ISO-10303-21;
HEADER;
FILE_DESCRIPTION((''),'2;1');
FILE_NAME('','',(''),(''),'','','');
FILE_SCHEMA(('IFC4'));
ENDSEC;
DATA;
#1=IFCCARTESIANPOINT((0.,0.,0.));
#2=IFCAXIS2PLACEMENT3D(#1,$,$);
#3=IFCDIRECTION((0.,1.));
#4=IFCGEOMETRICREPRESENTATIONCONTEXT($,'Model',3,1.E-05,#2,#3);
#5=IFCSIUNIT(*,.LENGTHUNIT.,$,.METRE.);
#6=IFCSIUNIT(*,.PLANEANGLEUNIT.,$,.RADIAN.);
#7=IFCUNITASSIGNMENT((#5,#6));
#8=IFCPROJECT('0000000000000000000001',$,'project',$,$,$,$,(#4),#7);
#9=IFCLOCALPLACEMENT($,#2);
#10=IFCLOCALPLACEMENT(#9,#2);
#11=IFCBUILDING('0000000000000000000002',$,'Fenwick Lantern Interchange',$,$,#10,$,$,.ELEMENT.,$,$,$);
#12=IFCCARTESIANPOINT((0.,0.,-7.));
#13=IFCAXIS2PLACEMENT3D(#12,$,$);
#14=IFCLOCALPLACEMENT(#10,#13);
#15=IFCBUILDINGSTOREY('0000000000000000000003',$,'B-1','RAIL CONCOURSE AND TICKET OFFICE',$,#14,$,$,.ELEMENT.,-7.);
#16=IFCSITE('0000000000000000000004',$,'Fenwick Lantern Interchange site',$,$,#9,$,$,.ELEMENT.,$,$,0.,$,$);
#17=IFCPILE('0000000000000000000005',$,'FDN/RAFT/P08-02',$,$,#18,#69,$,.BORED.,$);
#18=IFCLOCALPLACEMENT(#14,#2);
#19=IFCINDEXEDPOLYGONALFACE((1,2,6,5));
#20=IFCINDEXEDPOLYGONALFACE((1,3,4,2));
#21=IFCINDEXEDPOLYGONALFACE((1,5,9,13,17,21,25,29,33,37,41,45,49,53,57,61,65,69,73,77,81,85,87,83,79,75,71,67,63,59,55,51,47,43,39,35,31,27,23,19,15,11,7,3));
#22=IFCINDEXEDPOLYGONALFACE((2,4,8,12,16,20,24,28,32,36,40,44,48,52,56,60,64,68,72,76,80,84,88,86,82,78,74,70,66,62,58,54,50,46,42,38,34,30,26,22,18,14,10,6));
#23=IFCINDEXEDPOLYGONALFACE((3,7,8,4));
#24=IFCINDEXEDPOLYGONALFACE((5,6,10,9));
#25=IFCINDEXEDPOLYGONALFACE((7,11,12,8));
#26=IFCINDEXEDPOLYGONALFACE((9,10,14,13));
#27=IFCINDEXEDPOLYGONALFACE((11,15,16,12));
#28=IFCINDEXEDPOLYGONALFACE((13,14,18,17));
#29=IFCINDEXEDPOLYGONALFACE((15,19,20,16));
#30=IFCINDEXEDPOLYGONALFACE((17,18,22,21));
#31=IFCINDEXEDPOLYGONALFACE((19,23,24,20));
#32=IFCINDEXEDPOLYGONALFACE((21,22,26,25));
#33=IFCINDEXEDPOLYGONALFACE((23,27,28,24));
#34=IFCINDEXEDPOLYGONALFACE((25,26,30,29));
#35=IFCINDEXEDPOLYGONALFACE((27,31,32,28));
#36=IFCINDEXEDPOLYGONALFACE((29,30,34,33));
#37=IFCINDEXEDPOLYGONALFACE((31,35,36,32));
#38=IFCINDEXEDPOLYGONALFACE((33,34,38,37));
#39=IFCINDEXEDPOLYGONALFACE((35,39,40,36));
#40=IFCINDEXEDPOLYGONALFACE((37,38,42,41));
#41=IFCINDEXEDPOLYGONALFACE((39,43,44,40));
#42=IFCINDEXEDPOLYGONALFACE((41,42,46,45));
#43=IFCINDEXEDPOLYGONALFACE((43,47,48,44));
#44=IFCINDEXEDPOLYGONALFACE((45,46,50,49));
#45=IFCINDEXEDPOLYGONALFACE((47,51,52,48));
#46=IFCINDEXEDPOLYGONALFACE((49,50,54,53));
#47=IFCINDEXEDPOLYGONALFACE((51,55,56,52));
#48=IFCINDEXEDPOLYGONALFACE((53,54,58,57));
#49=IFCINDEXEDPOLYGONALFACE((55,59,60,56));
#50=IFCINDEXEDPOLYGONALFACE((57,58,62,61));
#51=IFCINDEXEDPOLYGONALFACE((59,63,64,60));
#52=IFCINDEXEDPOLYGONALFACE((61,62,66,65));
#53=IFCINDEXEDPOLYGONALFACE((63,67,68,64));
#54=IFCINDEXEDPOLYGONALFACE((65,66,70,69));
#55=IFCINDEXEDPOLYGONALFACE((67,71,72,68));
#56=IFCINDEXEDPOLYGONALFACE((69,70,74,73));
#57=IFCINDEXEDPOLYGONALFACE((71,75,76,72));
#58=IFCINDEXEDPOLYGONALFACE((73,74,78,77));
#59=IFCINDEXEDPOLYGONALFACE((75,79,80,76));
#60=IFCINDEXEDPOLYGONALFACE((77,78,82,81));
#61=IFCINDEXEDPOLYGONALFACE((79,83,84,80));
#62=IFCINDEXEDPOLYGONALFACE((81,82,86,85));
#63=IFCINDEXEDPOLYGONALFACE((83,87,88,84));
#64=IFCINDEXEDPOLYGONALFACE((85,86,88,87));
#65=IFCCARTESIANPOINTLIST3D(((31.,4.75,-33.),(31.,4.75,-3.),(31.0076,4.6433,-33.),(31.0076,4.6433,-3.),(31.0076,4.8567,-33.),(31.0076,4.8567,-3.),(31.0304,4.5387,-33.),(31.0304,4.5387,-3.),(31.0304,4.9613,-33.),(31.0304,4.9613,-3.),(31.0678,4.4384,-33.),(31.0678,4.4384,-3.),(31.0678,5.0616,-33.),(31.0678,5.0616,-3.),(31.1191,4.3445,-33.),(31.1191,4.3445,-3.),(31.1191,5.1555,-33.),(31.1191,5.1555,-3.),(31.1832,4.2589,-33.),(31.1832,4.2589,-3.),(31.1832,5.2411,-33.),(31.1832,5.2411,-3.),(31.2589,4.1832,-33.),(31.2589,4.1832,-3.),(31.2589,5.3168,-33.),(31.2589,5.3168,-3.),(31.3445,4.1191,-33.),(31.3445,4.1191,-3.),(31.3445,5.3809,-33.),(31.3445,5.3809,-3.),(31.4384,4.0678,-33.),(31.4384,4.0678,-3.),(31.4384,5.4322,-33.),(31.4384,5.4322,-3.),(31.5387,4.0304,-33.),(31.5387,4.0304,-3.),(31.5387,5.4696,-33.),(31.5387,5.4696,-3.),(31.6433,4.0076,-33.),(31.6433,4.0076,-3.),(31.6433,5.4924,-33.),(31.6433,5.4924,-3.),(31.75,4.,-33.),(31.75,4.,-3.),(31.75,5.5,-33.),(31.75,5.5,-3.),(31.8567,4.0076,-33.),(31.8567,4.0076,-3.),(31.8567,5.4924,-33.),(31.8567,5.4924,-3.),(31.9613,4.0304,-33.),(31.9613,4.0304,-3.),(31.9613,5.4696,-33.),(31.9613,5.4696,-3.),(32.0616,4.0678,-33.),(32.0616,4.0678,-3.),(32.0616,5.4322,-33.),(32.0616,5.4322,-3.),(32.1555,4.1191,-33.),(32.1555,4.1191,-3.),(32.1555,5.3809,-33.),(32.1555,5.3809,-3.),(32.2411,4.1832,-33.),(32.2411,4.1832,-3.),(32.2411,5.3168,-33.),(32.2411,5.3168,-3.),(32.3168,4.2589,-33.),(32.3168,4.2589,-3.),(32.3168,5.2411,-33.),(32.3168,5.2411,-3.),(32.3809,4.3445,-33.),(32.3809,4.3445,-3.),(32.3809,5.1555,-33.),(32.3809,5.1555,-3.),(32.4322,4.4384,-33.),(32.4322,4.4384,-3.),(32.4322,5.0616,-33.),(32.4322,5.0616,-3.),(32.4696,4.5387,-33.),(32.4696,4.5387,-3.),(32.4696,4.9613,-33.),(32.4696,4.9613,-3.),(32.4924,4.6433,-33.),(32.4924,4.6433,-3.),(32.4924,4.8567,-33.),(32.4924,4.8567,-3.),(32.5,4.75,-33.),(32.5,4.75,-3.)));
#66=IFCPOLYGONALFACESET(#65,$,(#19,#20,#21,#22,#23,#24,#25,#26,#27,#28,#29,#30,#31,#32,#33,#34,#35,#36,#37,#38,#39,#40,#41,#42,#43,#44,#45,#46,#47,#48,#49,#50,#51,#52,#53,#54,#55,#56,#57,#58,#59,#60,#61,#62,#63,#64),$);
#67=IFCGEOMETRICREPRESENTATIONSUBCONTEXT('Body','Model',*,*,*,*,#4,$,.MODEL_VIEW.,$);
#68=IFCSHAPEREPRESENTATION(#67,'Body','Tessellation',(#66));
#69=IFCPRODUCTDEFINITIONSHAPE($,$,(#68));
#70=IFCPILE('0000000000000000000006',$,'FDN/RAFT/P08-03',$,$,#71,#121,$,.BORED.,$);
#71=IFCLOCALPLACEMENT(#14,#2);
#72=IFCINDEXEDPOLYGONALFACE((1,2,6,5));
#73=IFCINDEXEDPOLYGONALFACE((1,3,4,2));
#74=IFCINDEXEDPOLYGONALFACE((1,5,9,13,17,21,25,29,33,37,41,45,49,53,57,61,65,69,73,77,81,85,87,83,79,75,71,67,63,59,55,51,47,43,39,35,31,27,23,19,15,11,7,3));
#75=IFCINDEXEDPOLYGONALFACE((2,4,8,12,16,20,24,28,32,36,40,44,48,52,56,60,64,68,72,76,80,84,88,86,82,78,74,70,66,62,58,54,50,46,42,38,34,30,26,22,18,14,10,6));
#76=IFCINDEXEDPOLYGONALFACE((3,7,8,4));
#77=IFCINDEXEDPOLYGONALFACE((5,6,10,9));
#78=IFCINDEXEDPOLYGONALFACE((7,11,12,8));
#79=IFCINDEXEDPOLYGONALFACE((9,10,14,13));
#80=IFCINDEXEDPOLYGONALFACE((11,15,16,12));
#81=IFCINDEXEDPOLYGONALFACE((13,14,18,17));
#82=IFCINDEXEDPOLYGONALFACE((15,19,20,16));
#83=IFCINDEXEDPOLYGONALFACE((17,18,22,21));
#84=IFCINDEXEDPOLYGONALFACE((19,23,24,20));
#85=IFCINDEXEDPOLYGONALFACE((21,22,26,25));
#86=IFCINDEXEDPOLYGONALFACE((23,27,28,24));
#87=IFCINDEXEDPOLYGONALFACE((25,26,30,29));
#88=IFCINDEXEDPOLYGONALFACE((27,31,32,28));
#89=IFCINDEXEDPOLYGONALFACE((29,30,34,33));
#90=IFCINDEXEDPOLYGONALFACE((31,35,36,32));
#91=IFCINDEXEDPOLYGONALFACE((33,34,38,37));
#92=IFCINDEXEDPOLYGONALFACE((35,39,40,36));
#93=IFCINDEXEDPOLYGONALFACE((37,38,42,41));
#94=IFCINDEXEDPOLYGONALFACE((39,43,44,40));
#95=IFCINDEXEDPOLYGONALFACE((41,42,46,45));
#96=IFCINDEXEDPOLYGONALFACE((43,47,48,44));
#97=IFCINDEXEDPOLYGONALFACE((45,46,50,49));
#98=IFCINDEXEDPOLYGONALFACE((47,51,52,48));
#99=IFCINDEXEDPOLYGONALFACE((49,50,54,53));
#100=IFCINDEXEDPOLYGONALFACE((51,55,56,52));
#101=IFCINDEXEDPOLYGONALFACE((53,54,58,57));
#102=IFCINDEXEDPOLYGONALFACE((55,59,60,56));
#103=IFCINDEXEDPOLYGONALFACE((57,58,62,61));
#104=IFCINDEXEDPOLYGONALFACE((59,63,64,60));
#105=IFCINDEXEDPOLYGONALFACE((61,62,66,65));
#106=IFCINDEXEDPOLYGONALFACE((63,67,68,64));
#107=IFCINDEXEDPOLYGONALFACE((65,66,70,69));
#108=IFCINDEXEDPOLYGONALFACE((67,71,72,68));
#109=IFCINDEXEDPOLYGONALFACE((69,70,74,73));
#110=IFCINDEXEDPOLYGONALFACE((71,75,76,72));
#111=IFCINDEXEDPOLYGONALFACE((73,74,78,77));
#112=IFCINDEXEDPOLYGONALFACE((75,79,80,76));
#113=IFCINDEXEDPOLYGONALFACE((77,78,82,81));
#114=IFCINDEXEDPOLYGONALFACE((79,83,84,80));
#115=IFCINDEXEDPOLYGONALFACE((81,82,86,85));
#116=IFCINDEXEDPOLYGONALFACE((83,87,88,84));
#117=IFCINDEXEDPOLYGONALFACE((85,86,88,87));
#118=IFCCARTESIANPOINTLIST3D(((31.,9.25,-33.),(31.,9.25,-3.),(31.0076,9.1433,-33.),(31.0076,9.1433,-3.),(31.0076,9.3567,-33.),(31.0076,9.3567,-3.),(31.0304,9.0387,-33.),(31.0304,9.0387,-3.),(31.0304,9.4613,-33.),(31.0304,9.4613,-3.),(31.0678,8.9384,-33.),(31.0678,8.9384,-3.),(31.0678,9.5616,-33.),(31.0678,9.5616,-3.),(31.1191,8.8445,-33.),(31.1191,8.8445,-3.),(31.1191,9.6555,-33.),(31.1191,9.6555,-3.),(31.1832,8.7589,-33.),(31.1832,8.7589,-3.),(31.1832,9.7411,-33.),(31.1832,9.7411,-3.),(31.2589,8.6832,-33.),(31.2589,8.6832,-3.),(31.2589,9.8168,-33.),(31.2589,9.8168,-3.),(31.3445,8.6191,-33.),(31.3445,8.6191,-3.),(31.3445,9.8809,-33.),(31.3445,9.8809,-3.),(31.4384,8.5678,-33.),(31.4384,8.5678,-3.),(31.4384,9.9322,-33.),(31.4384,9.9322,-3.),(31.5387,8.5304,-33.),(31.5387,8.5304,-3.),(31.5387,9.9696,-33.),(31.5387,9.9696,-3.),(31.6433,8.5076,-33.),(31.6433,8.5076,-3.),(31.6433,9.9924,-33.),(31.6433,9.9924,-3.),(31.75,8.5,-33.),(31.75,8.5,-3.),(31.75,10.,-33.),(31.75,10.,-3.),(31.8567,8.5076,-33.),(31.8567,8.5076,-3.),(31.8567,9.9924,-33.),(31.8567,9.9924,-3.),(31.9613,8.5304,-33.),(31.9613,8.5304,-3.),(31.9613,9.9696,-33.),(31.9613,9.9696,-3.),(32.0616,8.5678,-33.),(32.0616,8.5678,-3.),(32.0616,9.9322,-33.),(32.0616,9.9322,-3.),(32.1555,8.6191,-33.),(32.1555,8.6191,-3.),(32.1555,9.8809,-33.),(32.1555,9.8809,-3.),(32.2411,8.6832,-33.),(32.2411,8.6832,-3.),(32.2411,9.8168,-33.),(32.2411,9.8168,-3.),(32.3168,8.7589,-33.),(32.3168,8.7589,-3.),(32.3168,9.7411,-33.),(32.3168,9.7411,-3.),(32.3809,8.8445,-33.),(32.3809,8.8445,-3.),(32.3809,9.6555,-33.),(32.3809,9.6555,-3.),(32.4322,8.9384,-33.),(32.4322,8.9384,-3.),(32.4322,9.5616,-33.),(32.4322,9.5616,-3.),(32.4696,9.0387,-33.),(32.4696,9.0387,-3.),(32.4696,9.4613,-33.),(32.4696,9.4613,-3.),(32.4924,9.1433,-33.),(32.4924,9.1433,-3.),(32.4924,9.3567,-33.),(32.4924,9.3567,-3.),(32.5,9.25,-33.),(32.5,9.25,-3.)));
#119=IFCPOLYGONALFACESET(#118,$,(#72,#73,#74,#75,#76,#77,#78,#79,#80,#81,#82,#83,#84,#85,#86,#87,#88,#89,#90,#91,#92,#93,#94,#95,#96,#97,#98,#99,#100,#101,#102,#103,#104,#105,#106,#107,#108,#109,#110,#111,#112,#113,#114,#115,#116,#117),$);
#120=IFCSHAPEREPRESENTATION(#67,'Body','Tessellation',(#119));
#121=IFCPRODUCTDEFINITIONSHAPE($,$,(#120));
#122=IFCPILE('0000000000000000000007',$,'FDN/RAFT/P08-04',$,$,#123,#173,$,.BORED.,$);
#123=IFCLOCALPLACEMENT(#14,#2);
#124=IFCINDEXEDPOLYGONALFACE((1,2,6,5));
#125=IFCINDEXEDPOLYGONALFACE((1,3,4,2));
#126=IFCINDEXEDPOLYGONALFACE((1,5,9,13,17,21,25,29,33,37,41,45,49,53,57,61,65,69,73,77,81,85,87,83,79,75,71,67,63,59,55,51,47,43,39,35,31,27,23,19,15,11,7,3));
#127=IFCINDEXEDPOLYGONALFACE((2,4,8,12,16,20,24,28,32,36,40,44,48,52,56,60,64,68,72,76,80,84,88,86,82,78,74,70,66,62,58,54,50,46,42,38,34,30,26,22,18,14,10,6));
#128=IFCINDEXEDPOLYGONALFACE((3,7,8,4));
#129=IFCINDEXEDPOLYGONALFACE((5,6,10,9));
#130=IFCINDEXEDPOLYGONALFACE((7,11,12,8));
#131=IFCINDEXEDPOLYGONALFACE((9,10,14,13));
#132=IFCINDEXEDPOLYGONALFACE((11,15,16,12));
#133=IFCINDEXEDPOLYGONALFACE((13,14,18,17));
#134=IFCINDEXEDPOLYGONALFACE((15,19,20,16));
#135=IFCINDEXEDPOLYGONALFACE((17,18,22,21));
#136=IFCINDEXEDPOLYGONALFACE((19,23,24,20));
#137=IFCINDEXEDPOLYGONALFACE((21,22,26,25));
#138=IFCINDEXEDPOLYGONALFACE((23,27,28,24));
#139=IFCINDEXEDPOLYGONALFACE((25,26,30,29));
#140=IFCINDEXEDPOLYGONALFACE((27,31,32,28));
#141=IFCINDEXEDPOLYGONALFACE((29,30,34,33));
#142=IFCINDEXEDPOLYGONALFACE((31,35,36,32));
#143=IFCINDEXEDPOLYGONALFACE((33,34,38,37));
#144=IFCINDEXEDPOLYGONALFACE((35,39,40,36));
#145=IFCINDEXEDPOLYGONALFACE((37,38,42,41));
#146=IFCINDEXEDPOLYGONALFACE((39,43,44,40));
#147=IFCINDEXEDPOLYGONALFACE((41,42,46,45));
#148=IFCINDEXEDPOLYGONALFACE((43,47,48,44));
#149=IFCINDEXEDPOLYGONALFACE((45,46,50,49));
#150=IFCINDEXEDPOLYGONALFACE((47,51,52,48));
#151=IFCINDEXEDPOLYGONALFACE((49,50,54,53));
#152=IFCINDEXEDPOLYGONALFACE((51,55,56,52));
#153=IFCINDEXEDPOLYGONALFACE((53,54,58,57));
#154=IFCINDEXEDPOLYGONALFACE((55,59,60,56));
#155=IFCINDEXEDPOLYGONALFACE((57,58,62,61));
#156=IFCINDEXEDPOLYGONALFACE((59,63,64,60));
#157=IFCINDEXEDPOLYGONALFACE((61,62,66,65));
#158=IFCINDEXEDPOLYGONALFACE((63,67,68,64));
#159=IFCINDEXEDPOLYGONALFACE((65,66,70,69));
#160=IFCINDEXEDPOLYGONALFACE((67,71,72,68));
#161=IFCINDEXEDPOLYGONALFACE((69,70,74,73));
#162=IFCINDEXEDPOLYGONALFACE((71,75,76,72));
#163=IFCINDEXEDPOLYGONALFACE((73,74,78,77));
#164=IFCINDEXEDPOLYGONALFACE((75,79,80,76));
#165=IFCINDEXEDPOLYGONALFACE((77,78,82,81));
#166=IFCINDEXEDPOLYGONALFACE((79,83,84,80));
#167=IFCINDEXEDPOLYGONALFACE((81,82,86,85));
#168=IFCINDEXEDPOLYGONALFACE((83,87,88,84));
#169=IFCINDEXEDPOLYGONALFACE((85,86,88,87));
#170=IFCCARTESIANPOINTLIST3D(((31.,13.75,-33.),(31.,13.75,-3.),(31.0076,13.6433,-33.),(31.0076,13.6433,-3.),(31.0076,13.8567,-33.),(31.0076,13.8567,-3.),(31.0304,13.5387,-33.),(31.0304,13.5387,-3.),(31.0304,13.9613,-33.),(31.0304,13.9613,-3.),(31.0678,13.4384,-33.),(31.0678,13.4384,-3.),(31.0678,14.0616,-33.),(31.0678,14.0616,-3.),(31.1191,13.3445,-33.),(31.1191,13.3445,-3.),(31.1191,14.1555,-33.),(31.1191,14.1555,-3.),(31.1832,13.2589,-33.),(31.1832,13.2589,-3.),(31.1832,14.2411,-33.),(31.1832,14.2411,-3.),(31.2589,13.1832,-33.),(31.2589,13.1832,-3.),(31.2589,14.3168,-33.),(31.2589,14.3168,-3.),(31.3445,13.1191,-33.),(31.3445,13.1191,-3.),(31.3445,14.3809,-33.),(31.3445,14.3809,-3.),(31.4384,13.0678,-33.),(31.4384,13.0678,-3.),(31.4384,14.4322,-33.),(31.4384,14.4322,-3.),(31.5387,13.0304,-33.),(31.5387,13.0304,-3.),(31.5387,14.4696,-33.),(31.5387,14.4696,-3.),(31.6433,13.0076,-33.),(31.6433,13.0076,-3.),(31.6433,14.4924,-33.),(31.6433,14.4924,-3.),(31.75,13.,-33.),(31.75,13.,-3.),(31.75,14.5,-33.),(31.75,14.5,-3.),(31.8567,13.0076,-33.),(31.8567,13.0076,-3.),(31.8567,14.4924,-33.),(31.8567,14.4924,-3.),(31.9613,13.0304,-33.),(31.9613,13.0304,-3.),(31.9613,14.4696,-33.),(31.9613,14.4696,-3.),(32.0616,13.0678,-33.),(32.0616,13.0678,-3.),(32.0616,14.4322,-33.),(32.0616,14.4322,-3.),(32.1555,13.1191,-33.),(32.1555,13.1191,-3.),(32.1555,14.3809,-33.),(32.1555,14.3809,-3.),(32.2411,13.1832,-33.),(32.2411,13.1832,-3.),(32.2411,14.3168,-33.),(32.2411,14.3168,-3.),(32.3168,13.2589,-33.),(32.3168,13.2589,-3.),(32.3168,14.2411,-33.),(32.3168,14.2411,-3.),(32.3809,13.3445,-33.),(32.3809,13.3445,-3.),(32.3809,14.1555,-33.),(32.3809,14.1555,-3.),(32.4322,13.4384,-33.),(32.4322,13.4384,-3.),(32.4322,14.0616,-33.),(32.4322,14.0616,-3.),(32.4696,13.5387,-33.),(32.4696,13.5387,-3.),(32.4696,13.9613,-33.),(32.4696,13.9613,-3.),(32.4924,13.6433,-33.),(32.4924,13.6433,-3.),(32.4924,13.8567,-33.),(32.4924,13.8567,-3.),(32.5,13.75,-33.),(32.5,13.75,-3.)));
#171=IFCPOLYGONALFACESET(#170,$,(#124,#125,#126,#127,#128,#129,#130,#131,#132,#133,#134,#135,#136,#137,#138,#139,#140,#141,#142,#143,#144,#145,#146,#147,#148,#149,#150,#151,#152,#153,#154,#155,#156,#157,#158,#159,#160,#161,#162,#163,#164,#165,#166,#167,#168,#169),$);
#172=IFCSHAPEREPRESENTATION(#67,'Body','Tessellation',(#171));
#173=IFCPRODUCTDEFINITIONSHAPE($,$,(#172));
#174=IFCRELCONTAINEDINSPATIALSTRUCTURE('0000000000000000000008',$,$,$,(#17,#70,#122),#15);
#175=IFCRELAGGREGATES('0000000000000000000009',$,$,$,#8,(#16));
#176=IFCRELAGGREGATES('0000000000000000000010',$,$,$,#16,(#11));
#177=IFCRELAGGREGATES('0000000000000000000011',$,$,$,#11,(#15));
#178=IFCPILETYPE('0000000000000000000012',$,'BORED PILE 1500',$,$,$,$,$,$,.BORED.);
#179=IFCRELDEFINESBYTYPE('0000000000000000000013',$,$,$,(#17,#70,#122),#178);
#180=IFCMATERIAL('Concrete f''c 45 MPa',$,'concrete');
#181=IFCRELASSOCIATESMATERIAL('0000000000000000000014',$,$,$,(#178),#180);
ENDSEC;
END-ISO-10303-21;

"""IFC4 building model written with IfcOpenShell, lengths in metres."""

from ifc_helpers import new_model, si_unit, direction, frame, origin, origin_2d, place, context, subcontext, project, spatial, circle, extrude, material, type_object, element, save


model = new_model("IFC4")

# Units and contexts
model_context = context("Model", 3, precision=1e-05, world=origin(), true_north=direction((0.0, 1.0)))
body_context = subcontext(model_context, "Body", "Model", "MODEL_VIEW")
ifc_project = project(units=[si_unit("LENGTHUNIT", "METRE"), si_unit("PLANEANGLEUNIT", "RADIAN")], contexts=[model_context])

# Site, building, storey
site_placement = place(None, origin())
site = spatial("IfcSite", under=ifc_project, at=site_placement, Name="Fenwick Lantern Interchange site", CompositionType="ELEMENT", RefElevation=0.0)
building_placement = place(site_placement, origin())
building = spatial("IfcBuilding", under=site, at=building_placement, Name="Fenwick Lantern Interchange", CompositionType="ELEMENT")
storey_placement = place(building_placement, frame((0.0, 0.0, -7.0)))
storey = spatial("IfcBuildingStorey", under=building, at=storey_placement, Name="B-1", Description="RAIL CONCOURSE AND TICKET OFFICE", CompositionType="ELEMENT", Elevation=-7.0)

# Piles
ifc_material_1 = material(Name="Concrete f'c 45 MPa", Category="concrete")
pile_type = type_object("IfcPileType", Name="BORED PILE 1500", PredefinedType="BORED", material=ifc_material_1)
for number, where, z_axis, x_axis, name in (
    (1, (31.75, 4.75, -3.0), (0.0, 0.0, -1.0), (1.0, 0.0, 0.0), "FDN/RAFT/P08-02"),
    (2, (31.75, 9.25, -3.0), (0.0, 0.0, -1.0), (1.0, 0.0, 0.0), "FDN/RAFT/P08-03"),
    (3, (31.75, 13.75, -3.0), (0.0, 0.0, -1.0), (1.0, 0.0, 0.0), "FDN/RAFT/P08-04"),
):
    element("IfcPile", number, at=place(storey_placement, frame(where, z_axis=z_axis, x_axis=x_axis)), inside=storey, type_object=pile_type, Name=name, PredefinedType="BORED", context=body_context, shape_type="SweptSolid", body=[
        extrude(circle(Radius=0.75, at=origin_2d()), origin(), (0.0, 0.0, 1.0), 30.0),
    ])

save(model, "model.ifc")
